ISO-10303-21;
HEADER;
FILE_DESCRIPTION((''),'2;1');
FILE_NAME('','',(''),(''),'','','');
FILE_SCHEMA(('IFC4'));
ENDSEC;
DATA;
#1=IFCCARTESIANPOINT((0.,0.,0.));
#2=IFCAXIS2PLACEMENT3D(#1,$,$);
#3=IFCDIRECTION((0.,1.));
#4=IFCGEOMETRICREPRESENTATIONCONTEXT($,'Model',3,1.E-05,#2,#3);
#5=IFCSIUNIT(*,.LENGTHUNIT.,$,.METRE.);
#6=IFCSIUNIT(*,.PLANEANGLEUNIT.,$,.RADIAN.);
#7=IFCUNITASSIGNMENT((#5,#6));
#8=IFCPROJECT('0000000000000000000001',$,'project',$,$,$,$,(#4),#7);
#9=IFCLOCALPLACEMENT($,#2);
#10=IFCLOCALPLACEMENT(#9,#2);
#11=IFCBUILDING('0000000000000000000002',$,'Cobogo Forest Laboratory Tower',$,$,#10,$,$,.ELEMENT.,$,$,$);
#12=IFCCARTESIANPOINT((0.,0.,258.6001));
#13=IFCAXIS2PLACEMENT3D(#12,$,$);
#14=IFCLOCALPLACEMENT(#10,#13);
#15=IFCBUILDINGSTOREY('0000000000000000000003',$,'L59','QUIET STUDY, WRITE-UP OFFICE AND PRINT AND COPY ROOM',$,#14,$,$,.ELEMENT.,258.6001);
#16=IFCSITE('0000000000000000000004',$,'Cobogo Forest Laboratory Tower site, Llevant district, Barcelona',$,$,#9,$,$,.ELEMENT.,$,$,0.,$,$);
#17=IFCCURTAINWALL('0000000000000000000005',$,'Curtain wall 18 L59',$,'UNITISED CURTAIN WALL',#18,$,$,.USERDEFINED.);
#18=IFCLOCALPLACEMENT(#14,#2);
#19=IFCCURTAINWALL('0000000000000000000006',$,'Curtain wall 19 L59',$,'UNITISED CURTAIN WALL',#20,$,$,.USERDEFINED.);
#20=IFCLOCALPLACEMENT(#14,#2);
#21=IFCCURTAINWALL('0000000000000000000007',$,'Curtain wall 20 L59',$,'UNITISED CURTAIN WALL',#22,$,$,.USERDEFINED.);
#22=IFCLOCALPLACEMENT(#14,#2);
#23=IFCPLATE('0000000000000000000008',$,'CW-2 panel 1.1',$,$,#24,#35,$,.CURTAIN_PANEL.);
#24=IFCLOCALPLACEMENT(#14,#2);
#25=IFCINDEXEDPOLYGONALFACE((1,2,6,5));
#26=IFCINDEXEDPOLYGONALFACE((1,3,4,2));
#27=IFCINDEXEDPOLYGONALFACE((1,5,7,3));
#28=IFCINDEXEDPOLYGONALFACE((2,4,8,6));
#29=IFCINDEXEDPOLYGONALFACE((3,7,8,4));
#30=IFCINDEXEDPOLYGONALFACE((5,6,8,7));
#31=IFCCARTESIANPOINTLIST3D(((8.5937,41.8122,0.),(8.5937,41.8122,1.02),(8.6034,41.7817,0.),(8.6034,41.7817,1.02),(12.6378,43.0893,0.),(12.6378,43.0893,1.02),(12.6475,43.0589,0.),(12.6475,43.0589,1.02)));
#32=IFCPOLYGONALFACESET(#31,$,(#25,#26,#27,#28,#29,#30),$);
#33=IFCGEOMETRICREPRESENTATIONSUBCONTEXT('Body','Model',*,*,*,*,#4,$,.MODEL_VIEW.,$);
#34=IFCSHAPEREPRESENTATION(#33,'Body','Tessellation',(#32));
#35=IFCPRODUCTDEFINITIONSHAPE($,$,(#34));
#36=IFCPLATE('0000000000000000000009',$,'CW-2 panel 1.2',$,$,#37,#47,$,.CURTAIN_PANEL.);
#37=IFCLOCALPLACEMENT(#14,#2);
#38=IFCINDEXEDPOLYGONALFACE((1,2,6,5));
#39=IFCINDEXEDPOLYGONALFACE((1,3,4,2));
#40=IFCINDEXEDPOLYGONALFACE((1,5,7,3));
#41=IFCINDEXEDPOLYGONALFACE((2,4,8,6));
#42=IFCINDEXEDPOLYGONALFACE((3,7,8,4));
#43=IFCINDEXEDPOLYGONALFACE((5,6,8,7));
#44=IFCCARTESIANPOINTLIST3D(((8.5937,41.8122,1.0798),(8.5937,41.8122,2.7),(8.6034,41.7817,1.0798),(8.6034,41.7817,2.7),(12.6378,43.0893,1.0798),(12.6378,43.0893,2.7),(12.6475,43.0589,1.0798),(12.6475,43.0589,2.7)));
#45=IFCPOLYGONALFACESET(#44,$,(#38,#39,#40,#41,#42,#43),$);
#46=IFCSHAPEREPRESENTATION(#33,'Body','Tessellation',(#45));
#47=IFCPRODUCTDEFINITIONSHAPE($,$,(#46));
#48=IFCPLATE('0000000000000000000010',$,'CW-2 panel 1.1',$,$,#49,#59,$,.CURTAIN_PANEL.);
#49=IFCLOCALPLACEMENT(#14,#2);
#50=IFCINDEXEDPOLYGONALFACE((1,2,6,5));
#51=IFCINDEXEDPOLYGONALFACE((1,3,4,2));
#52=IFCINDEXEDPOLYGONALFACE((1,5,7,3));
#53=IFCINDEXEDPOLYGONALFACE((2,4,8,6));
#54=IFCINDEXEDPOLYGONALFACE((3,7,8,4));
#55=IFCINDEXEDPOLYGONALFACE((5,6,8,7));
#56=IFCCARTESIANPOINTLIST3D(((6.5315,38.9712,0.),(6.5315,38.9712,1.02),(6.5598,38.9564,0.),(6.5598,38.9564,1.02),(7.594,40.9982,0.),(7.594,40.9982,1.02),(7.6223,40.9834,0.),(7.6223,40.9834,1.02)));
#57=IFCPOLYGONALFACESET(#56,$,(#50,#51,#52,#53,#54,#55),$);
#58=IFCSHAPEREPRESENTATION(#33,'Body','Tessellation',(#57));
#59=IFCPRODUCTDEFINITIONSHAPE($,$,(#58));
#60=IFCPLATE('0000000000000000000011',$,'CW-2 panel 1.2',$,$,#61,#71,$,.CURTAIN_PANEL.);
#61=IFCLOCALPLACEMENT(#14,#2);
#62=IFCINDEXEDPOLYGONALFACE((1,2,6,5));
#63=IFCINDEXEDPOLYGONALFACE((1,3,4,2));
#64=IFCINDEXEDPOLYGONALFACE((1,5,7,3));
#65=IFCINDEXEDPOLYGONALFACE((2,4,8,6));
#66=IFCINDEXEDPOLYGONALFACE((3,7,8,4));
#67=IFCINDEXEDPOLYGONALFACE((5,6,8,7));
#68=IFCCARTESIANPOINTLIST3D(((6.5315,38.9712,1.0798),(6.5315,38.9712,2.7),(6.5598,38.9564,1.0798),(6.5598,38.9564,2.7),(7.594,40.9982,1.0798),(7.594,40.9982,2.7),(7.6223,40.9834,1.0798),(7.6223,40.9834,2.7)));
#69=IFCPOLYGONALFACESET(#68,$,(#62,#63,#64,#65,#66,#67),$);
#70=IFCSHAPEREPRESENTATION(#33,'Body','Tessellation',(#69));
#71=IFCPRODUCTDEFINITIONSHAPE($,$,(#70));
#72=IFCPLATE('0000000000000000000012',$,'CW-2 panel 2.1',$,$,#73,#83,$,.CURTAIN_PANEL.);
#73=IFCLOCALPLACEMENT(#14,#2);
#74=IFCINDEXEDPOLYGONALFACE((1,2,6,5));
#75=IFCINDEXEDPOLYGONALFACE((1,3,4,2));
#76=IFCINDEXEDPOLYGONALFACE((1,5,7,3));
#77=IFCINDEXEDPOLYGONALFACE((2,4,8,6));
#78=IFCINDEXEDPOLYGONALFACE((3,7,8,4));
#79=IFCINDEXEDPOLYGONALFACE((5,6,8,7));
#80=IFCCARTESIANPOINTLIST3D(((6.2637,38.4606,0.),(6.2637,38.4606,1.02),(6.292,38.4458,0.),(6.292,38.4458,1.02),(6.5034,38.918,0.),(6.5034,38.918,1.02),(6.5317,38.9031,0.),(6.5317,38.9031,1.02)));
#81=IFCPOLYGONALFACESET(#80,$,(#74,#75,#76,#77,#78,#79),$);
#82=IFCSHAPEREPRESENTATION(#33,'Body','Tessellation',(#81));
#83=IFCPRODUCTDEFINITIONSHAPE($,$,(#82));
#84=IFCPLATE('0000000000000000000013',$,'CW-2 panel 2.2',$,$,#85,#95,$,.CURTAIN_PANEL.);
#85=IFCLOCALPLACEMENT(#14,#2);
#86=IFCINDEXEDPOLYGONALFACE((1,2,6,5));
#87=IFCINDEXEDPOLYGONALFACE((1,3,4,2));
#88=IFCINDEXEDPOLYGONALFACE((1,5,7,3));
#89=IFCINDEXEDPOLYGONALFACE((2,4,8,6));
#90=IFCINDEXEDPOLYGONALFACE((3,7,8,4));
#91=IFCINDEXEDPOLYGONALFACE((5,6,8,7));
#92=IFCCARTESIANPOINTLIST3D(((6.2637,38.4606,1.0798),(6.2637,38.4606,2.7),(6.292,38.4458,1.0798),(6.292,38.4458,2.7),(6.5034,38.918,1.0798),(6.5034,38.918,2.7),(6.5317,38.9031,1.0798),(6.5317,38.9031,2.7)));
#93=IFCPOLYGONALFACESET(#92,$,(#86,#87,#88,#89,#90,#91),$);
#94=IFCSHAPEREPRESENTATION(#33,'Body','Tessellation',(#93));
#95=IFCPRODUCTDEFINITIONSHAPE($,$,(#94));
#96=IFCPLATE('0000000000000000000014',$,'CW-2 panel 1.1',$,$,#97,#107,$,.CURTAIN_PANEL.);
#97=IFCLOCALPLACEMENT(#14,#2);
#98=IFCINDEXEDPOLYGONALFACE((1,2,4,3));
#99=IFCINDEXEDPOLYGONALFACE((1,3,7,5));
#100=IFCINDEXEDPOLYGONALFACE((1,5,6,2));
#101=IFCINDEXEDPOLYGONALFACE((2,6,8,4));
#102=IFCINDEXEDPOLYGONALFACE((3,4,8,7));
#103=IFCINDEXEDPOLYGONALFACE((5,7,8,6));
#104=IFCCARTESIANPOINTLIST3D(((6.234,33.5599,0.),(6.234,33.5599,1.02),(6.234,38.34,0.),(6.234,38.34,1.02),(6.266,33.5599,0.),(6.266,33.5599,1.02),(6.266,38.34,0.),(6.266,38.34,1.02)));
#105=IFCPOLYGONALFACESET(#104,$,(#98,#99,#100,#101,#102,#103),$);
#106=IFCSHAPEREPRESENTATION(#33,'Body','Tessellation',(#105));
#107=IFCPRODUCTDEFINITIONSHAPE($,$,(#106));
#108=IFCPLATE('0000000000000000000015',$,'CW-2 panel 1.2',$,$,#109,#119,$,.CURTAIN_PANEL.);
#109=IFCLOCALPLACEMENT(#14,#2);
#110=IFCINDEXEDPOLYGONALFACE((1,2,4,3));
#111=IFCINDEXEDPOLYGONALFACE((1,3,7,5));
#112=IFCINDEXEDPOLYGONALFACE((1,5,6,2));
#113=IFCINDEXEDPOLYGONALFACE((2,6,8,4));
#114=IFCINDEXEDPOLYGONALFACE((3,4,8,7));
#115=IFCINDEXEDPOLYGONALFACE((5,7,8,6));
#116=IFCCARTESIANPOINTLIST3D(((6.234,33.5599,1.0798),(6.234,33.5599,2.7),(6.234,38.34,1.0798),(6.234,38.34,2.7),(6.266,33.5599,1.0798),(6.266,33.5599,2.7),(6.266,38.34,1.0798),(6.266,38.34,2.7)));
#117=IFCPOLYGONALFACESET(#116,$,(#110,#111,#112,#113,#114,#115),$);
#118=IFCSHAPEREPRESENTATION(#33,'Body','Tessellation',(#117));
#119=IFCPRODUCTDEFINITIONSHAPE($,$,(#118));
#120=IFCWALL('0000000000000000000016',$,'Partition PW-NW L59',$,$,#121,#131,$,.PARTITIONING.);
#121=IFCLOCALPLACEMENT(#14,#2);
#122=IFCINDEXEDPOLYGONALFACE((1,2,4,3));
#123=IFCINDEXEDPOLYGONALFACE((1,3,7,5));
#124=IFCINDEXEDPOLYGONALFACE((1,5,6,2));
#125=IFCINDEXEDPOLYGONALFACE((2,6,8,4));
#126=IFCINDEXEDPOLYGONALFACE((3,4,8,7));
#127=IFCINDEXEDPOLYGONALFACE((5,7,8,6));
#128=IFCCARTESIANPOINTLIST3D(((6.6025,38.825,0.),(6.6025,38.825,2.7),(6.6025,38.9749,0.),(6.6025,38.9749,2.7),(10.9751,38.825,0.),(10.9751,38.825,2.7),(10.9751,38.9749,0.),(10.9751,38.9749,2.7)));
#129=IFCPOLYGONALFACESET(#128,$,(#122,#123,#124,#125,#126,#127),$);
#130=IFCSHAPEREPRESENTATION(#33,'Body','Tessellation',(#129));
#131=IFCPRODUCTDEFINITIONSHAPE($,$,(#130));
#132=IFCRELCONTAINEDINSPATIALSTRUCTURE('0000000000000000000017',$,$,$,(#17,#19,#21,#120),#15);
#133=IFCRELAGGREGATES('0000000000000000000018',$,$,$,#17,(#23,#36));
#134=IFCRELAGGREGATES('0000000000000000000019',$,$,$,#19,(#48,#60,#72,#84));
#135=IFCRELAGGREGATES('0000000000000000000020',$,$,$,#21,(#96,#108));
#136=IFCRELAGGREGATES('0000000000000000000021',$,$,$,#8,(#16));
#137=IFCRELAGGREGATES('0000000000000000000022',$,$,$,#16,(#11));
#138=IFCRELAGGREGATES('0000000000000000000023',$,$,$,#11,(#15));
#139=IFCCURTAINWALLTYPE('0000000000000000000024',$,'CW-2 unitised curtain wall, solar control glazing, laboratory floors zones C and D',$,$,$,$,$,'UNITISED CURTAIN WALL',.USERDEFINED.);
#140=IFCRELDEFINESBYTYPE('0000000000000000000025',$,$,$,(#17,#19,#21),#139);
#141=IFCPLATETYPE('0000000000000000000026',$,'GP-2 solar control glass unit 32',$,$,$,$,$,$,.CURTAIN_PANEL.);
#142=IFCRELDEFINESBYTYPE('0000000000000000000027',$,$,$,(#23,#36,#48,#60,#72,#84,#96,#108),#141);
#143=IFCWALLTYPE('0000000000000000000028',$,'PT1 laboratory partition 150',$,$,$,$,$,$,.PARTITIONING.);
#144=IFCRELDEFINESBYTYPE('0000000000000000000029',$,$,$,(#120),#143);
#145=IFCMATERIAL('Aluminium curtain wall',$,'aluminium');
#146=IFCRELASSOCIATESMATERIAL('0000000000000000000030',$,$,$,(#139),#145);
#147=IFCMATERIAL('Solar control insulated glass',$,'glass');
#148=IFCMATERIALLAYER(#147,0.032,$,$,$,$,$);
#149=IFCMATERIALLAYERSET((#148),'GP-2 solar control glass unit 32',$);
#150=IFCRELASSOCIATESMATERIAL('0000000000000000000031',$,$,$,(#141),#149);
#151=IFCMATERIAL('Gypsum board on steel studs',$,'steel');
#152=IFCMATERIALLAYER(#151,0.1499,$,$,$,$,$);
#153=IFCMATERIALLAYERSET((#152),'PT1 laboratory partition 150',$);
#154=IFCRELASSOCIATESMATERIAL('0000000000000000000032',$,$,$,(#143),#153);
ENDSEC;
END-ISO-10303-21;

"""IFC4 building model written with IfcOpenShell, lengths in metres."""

from ifc_helpers import new_model, si_unit, direction, frame, frame_2d, origin, origin_2d, place, context, subcontext, project, spatial, rectangle, extrude, material, layer, layer_set, type_object, element, aggregate, save


model = new_model("IFC4")

# Units and contexts
model_context = context("Model", 3, precision=1e-05, world=origin(), true_north=direction((0.0, 1.0)))
body_context = subcontext(model_context, "Body", "Model", "MODEL_VIEW")
ifc_project = project(units=[si_unit("LENGTHUNIT", "METRE"), si_unit("PLANEANGLEUNIT", "RADIAN")], contexts=[model_context])

# Site, building, storey
site_placement = place(None, origin())
site = spatial("IfcSite", under=ifc_project, at=site_placement, Name="Cobogo Forest Laboratory Tower site, Llevant district, Barcelona", CompositionType="ELEMENT", RefElevation=0.0)
building_placement = place(site_placement, origin())
building = spatial("IfcBuilding", under=site, at=building_placement, Name="Cobogo Forest Laboratory Tower", CompositionType="ELEMENT")
storey_placement = place(building_placement, frame((0.0, 0.0, 258.6001)))
storey = spatial("IfcBuildingStorey", under=building, at=storey_placement, Name="L59", Description="QUIET STUDY, WRITE-UP OFFICE AND PRINT AND COPY ROOM", CompositionType="ELEMENT", Elevation=258.6001)

# Curtain wall
ifc_material_1 = material(Name="Aluminium curtain wall", Category="aluminium")
curtain_wall_type = type_object("IfcCurtainWallType", Name="CW-2 unitised curtain wall, solar control glazing, laboratory floors zones C and D", ElementType="UNITISED CURTAIN WALL", PredefinedType="USERDEFINED", material=ifc_material_1)
curtain_wall_1_placement = place(storey_placement, origin())
curtain_wall_1 = element("IfcCurtainWall", 1, at=curtain_wall_1_placement, inside=storey, type_object=curtain_wall_type, Name="Curtain wall 18 L59", ObjectType="UNITISED CURTAIN WALL", PredefinedType="USERDEFINED")

# Curtain walls
curtain_wall_2_placement = place(storey_placement, origin())
curtain_wall_2 = element("IfcCurtainWall", 2, at=curtain_wall_2_placement, inside=storey, type_object=curtain_wall_type, Name="Curtain wall 19 L59", ObjectType="UNITISED CURTAIN WALL", PredefinedType="USERDEFINED")
curtain_wall_3_placement = place(storey_placement, origin())
curtain_wall_3 = element("IfcCurtainWall", 3, at=curtain_wall_3_placement, inside=storey, type_object=curtain_wall_type, Name="Curtain wall 20 L59", ObjectType="UNITISED CURTAIN WALL", PredefinedType="USERDEFINED")

# Plates
ifc_material_2 = material(Name="Solar control insulated glass", Category="glass")
ifc_layer_1 = layer(ifc_material_2, 0.032)
ifc_layer_set_1 = layer_set([ifc_layer_1], Name="GP-2 solar control glass unit 32")
plate_type = type_object("IfcPlateType", Name="GP-2 solar control glass unit 32", PredefinedType="CURTAIN_PANEL", material=ifc_layer_set_1)
plate_1_placement = place(storey_placement, frame((10.6206, 42.4355, 0.0), z_axis=(0.0, 0.0, 1.0), x_axis=(-0.953581, -0.301135, 0.0)))
plate_1 = element("IfcPlate", 4, at=plate_1_placement, type_object=plate_type, Name="CW-2 panel 1.1", PredefinedType="CURTAIN_PANEL", context=body_context, shape_type="SweptSolid", body=[
    extrude(rectangle(XDim=4.241, YDim=0.032, at=origin_2d()), origin(), (0.0, 0.0, 1.0), 1.02),
])
plate_2_placement = place(storey_placement, frame((10.6206, 42.4355, 1.0798), z_axis=(0.0, 0.0, 1.0), x_axis=(-0.953581, -0.301135, 0.0)))
plate_2 = element("IfcPlate", 5, at=plate_2_placement, type_object=plate_type, Name="CW-2 panel 1.2", PredefinedType="CURTAIN_PANEL", context=body_context, shape_type="SweptSolid", body=[
    extrude(rectangle(XDim=4.241, YDim=0.032, at=origin_2d()), origin(), (0.0, 0.0, 1.0), 1.6201),
])
aggregate(curtain_wall_1, [plate_1, plate_2])
plate_3_placement = place(storey_placement, frame((7.0769, 39.9773, 0.0), z_axis=(0.0, 0.0, 1.0), x_axis=(-0.464284, -0.885686, 0.0)))
plate_3 = element("IfcPlate", 6, at=plate_3_placement, type_object=plate_type, Name="CW-2 panel 1.1", PredefinedType="CURTAIN_PANEL", context=body_context, shape_type="SweptSolid", body=[
    extrude(rectangle(XDim=2.2886, YDim=0.032, at=origin_2d()), origin(), (0.0, 0.0, 1.0), 1.02),
])
plate_4_placement = place(storey_placement, frame((7.0769, 39.9773, 1.0798), z_axis=(0.0, 0.0, 1.0), x_axis=(-0.464284, -0.885686, 0.0)))
plate_4 = element("IfcPlate", 7, at=plate_4_placement, type_object=plate_type, Name="CW-2 panel 1.2", PredefinedType="CURTAIN_PANEL", context=body_context, shape_type="SweptSolid", body=[
    extrude(rectangle(XDim=2.2886, YDim=0.032, at=origin_2d()), origin(), (0.0, 0.0, 1.0), 1.6201),
])
plate_5_placement = place(storey_placement, frame((6.3977, 38.6819, 0.0), z_axis=(0.0, 0.0, 1.0), x_axis=(-0.464284, -0.885686, 0.0)))
plate_5 = element("IfcPlate", 8, at=plate_5_placement, type_object=plate_type, Name="CW-2 panel 2.1", PredefinedType="CURTAIN_PANEL", context=body_context, shape_type="SweptSolid", body=[
    extrude(rectangle(XDim=0.5164, YDim=0.032, at=origin_2d()), origin(), (0.0, 0.0, 1.0), 1.02),
])
plate_6_placement = place(storey_placement, frame((6.3977, 38.6819, 1.0798), z_axis=(0.0, 0.0, 1.0), x_axis=(-0.464284, -0.885686, 0.0)))
plate_6 = element("IfcPlate", 9, at=plate_6_placement, type_object=plate_type, Name="CW-2 panel 2.2", PredefinedType="CURTAIN_PANEL", context=body_context, shape_type="SweptSolid", body=[
    extrude(rectangle(XDim=0.5164, YDim=0.032, at=origin_2d()), origin(), (0.0, 0.0, 1.0), 1.6201),
])
aggregate(curtain_wall_2, [plate_3, plate_4, plate_5, plate_6])
plate_7_placement = place(storey_placement, frame((6.25, 35.95, 0.0), z_axis=(0.0, 0.0, 1.0), x_axis=(0.0, -1.0, 0.0)))
plate_7 = element("IfcPlate", 10, at=plate_7_placement, type_object=plate_type, Name="CW-2 panel 1.1", PredefinedType="CURTAIN_PANEL", context=body_context, shape_type="SweptSolid", body=[
    extrude(rectangle(XDim=4.78, YDim=0.032, at=origin_2d()), origin(), (0.0, 0.0, 1.0), 1.02),
])
plate_8_placement = place(storey_placement, frame((6.25, 35.95, 1.0798), z_axis=(0.0, 0.0, 1.0), x_axis=(0.0, -1.0, 0.0)))
plate_8 = element("IfcPlate", 11, at=plate_8_placement, type_object=plate_type, Name="CW-2 panel 1.2", PredefinedType="CURTAIN_PANEL", context=body_context, shape_type="SweptSolid", body=[
    extrude(rectangle(XDim=4.78, YDim=0.032, at=origin_2d()), origin(), (0.0, 0.0, 1.0), 1.6201),
])
aggregate(curtain_wall_3, [plate_7, plate_8])

# Wall
ifc_material_3 = material(Name="Gypsum board on steel studs", Category="steel")
ifc_layer_2 = layer(ifc_material_3, 0.1499)
ifc_layer_set_2 = layer_set([ifc_layer_2], Name="PT1 laboratory partition 150")
wall_type_1 = type_object("IfcWallType", Name="PT1 laboratory partition 150", PredefinedType="PARTITIONING", material=ifc_layer_set_2)
wall_1_placement = place(storey_placement, frame((6.6025, 38.8999, 0.0), z_axis=(0.0, 0.0, 1.0), x_axis=(1.0, 0.0, 0.0)))
element("IfcWall", 12, at=wall_1_placement, inside=storey, type_object=wall_type_1, Name="Partition PW-NW L59", PredefinedType="PARTITIONING", context=body_context, shape_type="SweptSolid", body=[
    extrude(rectangle(XDim=4.3726, YDim=0.1499, at=frame_2d((2.1863, 0.0))), origin(), (0.0, 0.0, 1.0), 2.7),
])

save(model, "model.ifc")
